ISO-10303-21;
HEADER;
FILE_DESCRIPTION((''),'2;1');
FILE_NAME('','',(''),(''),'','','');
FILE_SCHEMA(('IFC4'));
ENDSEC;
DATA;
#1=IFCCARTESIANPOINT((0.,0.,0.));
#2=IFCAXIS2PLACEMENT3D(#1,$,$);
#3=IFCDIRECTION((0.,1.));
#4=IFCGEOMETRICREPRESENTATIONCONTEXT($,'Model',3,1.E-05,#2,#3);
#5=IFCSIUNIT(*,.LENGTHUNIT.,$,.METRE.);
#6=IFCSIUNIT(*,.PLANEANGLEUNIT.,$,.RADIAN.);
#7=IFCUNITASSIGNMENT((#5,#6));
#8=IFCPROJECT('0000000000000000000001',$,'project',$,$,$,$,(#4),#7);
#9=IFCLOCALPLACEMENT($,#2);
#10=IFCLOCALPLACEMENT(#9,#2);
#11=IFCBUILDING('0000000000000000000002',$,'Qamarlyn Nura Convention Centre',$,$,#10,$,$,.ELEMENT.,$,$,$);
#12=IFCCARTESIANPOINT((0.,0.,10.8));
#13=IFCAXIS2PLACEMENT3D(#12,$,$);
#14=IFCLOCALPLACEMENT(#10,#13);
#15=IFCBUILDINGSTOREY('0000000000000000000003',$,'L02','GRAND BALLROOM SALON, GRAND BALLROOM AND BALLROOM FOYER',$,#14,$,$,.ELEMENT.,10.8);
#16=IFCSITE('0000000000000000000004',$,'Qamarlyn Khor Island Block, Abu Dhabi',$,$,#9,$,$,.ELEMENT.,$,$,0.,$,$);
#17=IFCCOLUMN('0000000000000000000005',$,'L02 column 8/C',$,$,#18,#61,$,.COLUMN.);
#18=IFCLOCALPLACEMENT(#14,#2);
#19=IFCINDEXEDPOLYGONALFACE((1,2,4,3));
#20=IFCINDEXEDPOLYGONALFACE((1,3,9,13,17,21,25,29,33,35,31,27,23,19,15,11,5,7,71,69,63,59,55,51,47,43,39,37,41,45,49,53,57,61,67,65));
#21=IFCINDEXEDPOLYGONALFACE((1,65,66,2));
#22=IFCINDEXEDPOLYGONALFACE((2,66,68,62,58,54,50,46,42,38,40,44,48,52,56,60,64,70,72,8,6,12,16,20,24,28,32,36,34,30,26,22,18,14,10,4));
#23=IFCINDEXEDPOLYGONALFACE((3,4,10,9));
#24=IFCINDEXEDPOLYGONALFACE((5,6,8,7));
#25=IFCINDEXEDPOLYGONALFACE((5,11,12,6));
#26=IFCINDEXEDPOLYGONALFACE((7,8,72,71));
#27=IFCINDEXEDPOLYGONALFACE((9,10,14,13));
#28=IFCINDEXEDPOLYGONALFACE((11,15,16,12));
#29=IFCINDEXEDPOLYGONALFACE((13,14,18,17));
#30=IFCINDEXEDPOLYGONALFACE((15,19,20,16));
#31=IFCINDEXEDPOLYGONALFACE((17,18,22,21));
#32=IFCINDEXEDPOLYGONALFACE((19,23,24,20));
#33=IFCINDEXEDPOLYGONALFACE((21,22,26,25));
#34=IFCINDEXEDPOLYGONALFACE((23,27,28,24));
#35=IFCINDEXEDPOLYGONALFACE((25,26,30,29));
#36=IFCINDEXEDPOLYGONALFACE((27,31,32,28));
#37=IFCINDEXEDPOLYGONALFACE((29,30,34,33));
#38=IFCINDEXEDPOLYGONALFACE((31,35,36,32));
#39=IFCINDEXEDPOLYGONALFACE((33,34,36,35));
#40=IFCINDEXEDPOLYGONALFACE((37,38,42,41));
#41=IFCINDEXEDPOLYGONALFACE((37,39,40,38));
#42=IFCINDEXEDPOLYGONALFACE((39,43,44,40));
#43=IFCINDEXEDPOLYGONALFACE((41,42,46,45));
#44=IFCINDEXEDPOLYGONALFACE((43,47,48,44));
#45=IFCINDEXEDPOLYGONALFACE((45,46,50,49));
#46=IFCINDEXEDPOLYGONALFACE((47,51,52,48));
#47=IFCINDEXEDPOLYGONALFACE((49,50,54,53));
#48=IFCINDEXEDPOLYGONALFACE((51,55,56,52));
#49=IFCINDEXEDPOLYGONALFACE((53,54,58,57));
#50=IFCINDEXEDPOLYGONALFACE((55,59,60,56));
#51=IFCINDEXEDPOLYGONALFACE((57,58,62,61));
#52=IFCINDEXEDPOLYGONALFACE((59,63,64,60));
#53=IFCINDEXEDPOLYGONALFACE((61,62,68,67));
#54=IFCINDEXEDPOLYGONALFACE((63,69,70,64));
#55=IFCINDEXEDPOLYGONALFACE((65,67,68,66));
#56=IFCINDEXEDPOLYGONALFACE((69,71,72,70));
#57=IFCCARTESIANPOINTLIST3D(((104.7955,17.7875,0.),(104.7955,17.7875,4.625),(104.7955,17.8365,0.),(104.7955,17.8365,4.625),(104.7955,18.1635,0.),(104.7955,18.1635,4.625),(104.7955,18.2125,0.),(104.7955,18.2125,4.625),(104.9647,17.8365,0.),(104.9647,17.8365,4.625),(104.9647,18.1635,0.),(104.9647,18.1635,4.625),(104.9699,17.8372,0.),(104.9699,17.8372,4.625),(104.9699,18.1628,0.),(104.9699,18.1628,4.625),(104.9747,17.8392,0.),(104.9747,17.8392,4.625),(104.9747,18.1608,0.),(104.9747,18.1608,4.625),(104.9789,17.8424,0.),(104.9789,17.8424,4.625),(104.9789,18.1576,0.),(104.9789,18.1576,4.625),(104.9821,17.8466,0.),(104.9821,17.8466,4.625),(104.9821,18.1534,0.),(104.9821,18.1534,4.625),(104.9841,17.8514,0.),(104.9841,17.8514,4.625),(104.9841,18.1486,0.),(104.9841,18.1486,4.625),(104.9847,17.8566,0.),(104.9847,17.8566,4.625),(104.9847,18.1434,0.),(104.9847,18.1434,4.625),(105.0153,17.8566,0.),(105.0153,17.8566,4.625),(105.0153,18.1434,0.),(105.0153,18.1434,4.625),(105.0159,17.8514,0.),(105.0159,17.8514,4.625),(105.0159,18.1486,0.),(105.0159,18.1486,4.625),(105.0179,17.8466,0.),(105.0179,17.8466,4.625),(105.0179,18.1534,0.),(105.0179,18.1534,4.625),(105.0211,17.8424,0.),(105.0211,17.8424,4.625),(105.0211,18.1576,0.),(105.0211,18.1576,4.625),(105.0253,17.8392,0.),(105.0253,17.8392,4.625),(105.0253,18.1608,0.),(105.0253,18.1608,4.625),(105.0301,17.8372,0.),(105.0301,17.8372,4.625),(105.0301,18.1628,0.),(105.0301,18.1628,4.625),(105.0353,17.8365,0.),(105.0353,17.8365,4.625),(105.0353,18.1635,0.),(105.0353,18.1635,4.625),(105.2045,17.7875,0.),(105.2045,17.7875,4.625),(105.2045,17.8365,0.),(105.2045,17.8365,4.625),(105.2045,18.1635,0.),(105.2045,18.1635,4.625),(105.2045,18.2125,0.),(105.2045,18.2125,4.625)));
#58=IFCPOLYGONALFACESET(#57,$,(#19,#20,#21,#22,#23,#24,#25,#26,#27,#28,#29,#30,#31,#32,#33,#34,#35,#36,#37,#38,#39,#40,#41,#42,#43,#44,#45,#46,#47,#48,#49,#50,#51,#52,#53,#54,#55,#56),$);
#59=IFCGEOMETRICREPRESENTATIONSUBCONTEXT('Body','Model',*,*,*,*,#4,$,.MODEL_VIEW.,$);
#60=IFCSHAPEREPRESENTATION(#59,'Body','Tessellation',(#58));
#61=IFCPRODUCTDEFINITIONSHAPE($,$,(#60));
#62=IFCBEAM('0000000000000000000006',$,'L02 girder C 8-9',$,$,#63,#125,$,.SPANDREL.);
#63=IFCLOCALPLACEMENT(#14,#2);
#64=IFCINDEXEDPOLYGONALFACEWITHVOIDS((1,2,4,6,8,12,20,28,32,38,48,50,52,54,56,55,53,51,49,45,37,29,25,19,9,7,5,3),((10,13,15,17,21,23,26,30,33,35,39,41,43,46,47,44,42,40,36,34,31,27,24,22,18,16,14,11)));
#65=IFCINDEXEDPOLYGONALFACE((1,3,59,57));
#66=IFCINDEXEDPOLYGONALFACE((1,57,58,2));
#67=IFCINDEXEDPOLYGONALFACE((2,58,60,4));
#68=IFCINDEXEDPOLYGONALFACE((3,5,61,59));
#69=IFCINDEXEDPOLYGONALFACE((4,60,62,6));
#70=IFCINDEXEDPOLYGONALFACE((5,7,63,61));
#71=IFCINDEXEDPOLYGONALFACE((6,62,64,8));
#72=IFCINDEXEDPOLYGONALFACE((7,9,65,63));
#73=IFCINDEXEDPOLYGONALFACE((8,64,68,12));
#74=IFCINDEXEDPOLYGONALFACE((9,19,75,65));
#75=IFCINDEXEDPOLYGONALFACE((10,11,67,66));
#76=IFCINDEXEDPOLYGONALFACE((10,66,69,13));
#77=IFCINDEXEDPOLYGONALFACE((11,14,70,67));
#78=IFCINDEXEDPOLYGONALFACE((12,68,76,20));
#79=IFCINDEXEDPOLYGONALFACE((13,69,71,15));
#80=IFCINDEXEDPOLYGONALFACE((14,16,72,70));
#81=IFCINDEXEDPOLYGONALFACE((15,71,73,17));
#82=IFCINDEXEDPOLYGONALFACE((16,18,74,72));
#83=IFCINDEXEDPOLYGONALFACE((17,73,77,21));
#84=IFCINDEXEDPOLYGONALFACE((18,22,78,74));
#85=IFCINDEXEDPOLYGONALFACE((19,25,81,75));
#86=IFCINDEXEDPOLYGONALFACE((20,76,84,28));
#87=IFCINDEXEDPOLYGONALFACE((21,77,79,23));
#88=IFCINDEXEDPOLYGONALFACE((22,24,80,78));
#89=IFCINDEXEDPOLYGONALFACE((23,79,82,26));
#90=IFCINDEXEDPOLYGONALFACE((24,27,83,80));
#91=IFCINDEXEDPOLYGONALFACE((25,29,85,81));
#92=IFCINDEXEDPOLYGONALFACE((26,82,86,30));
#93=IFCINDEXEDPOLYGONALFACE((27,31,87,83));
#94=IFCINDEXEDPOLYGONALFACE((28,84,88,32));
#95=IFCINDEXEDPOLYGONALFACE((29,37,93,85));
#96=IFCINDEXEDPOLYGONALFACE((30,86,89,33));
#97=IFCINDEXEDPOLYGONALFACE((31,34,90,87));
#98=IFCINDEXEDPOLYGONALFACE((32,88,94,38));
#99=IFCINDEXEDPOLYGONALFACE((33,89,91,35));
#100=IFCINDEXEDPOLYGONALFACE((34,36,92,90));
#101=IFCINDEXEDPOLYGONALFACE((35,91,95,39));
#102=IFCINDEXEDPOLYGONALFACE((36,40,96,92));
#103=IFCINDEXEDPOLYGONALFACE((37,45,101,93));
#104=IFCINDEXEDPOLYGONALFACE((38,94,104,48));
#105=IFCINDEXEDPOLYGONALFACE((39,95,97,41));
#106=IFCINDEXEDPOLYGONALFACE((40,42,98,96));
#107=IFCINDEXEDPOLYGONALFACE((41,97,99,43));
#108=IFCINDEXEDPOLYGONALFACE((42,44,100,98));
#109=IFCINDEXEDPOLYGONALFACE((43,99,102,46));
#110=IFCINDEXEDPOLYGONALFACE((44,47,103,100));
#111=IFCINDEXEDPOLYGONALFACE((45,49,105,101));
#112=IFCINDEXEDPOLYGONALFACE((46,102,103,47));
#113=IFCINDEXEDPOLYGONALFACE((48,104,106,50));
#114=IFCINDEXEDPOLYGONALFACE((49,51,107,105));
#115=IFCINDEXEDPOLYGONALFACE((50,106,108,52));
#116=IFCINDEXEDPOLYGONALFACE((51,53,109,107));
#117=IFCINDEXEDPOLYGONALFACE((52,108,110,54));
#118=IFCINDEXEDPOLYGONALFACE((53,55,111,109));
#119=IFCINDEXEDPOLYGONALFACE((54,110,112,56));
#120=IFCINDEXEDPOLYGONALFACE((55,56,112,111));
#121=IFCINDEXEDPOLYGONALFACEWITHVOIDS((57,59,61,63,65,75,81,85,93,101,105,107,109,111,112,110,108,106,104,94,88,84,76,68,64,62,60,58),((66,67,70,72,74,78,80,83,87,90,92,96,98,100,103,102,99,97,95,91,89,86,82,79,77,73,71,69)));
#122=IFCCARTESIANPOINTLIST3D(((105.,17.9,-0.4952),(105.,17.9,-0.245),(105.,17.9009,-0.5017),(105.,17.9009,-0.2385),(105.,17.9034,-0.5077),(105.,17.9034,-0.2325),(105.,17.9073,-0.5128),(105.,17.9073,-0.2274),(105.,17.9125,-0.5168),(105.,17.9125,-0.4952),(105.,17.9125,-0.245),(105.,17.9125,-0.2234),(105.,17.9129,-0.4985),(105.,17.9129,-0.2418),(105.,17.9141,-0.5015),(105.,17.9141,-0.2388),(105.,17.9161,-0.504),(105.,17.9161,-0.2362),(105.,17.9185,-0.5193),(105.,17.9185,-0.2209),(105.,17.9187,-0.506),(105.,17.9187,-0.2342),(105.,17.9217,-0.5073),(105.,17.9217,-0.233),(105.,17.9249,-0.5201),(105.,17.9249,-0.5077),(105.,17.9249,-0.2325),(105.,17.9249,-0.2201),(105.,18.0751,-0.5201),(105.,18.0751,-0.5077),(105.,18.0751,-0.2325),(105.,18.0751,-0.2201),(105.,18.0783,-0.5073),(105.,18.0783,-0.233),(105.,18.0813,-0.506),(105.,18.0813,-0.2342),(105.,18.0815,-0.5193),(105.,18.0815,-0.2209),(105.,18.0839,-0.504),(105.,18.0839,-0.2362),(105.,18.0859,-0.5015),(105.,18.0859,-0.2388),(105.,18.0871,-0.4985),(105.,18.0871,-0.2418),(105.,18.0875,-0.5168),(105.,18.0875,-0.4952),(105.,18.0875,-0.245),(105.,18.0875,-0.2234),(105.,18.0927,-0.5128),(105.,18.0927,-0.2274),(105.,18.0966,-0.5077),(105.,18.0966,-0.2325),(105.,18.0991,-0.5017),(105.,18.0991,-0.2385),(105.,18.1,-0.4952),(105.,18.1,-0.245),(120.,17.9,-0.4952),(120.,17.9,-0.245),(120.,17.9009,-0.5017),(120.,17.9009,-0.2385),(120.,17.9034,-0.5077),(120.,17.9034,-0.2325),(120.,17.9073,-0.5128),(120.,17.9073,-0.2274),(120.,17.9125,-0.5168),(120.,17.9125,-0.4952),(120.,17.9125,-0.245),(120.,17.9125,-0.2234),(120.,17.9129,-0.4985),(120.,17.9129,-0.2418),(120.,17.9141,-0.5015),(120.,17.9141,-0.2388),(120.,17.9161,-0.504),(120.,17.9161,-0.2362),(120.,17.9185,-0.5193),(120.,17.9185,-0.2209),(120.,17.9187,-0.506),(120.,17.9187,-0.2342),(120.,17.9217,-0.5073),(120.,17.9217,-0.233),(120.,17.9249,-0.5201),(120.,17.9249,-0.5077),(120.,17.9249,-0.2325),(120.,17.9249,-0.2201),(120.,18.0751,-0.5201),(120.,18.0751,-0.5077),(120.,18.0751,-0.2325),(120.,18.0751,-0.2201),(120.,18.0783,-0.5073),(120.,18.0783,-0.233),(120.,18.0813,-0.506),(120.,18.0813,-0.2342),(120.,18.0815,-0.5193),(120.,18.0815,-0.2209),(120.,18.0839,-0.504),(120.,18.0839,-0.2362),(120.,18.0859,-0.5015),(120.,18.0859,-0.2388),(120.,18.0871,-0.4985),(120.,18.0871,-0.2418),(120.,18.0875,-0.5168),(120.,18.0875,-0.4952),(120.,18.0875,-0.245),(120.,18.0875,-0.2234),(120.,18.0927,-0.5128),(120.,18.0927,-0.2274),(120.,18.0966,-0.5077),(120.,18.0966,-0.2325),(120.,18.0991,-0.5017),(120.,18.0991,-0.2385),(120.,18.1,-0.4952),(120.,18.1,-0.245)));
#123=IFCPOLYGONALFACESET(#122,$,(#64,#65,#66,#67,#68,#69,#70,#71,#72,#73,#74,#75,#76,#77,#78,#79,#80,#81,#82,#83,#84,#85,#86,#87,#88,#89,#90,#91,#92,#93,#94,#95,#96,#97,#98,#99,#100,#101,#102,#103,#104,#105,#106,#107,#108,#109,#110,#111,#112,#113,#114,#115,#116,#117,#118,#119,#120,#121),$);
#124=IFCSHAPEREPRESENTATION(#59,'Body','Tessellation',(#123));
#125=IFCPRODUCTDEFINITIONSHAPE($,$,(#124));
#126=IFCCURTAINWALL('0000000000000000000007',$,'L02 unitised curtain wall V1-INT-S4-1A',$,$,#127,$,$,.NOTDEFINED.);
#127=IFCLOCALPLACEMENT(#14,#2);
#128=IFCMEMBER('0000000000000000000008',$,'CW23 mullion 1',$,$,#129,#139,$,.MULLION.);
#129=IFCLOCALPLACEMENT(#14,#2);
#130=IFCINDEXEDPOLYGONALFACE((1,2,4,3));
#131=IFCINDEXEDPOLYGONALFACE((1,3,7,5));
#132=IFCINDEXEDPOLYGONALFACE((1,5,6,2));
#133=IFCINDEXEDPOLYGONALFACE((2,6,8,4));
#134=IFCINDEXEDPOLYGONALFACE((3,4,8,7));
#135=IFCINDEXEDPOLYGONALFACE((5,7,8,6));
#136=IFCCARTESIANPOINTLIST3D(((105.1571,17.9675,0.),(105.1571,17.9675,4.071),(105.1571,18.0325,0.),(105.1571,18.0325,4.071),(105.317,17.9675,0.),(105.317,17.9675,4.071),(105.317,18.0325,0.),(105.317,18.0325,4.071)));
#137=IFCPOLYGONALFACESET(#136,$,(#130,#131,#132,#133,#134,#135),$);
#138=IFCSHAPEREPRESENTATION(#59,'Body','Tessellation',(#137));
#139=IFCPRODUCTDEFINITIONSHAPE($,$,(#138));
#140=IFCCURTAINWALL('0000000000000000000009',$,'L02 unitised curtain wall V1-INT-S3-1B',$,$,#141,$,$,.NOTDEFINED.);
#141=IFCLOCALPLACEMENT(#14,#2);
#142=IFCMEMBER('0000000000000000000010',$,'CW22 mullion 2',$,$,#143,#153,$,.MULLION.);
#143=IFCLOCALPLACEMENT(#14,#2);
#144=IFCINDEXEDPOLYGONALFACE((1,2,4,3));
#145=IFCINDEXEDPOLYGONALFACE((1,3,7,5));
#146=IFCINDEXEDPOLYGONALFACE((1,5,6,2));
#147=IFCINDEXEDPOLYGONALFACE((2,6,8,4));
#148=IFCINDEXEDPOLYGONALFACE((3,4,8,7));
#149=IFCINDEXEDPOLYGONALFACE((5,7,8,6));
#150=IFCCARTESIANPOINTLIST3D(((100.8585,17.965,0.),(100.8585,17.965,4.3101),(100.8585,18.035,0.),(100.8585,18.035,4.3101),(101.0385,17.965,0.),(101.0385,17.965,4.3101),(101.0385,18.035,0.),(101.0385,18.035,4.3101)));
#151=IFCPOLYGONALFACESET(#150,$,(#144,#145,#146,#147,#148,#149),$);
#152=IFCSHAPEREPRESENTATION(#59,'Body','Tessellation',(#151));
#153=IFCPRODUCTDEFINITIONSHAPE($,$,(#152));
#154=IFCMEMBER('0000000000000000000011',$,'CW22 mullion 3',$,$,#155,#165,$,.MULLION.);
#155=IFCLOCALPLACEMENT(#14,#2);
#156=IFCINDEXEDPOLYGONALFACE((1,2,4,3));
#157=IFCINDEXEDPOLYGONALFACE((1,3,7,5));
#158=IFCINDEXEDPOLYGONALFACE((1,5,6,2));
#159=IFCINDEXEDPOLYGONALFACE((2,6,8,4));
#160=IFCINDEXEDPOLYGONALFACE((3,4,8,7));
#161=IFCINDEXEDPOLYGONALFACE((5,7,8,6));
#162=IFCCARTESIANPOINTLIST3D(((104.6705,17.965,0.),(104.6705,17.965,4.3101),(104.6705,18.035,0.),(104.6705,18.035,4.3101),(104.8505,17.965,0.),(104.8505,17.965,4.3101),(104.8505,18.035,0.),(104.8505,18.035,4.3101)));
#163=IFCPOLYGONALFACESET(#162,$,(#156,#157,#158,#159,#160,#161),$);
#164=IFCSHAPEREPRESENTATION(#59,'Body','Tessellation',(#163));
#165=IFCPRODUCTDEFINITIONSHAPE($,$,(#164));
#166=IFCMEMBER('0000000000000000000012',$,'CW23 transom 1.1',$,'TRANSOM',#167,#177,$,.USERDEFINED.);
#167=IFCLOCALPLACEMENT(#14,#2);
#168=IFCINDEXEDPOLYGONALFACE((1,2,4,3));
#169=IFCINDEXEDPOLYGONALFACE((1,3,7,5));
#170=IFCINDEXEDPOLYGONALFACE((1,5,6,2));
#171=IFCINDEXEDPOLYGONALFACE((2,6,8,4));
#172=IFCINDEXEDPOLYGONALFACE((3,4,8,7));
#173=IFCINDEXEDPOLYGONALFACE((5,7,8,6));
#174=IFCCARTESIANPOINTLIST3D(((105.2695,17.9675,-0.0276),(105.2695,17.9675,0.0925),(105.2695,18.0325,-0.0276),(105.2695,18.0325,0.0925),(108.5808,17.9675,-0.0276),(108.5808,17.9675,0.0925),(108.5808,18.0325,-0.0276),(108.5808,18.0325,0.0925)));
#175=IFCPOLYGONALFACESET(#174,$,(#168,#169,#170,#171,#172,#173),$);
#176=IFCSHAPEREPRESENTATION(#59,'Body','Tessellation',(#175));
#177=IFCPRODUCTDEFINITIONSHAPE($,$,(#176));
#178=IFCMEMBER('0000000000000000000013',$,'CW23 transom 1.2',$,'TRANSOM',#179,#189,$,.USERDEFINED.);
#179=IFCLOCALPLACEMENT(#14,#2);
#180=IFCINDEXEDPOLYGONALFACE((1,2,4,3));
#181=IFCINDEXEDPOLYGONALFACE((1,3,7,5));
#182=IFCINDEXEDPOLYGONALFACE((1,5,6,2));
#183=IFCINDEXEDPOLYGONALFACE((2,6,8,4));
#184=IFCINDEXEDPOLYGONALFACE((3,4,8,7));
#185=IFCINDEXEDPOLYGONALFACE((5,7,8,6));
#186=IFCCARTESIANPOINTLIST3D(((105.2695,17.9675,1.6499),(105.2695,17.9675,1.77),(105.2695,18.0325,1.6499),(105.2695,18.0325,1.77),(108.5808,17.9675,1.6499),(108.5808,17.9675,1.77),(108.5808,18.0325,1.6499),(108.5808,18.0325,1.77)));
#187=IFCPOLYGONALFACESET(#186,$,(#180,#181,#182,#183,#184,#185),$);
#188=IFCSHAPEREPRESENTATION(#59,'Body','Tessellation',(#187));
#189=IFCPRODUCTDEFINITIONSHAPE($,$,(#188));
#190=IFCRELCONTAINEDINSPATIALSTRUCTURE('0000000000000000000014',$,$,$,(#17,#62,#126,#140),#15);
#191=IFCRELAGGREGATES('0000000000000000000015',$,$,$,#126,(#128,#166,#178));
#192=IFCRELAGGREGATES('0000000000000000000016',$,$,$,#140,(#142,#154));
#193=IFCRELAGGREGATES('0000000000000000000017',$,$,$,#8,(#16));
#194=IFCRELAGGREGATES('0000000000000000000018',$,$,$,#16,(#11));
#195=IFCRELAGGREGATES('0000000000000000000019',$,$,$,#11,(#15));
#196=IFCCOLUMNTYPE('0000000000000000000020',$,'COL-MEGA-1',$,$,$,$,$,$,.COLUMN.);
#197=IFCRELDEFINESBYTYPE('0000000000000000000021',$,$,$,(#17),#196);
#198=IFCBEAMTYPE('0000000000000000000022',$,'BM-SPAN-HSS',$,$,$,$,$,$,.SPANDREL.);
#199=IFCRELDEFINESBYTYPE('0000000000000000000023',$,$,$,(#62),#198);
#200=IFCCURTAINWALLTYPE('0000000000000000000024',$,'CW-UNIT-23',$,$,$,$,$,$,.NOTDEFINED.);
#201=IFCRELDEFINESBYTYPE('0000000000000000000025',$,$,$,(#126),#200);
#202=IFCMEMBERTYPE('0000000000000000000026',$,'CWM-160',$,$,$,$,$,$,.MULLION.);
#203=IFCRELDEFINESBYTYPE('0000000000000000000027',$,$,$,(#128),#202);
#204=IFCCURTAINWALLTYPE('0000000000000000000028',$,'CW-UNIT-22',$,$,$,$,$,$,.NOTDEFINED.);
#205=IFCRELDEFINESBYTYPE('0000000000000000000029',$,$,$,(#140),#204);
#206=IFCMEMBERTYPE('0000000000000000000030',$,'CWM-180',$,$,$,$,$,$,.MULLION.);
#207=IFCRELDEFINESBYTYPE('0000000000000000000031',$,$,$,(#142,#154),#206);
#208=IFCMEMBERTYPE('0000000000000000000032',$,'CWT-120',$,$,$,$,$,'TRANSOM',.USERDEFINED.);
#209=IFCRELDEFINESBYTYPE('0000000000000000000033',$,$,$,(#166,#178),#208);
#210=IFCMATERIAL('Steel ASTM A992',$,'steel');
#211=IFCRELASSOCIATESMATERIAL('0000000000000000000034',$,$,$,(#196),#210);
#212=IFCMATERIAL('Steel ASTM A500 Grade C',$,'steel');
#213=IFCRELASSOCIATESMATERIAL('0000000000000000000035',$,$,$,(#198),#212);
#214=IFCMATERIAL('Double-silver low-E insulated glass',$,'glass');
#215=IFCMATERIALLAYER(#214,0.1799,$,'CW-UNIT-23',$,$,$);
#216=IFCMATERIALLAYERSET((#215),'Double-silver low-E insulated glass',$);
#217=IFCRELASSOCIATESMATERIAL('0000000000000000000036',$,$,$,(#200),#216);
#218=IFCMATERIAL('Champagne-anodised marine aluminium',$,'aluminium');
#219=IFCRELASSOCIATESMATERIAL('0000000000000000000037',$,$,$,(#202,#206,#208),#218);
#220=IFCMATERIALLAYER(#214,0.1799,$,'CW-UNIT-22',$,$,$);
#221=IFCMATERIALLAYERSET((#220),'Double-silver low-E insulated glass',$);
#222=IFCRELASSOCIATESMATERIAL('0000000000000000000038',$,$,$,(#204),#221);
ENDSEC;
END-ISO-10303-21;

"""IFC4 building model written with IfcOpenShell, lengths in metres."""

from ifc_helpers import new_model, si_unit, direction, frame, origin, origin_2d, place, context, subcontext, project, spatial, rectangle, hollow_rectangle, i_section, extrude, material, layer, layer_set, material_profile, profile_set, type_object, element, aggregate, save


model = new_model("IFC4")

# Units and contexts
model_context = context("Model", 3, precision=1e-05, world=origin(), true_north=direction((0.0, 1.0)))
body_context = subcontext(model_context, "Body", "Model", "MODEL_VIEW")
ifc_project = project(units=[si_unit("LENGTHUNIT", "METRE"), si_unit("PLANEANGLEUNIT", "RADIAN")], contexts=[model_context])

# Site, building, storey
site_placement = place(None, origin())
site = spatial("IfcSite", under=ifc_project, at=site_placement, Name="Qamarlyn Khor Island Block, Abu Dhabi", CompositionType="ELEMENT", RefElevation=0.0)
building_placement = place(site_placement, origin())
building = spatial("IfcBuilding", under=site, at=building_placement, Name="Qamarlyn Nura Convention Centre", CompositionType="ELEMENT")
storey_placement = place(building_placement, frame((0.0, 0.0, 10.8)))
storey = spatial("IfcBuildingStorey", under=building, at=storey_placement, Name="L02", Description="GRAND BALLROOM SALON, GRAND BALLROOM AND BALLROOM FOYER", CompositionType="ELEMENT", Elevation=10.8)

# Column
ifc_material_1 = material(Name="Steel ASTM A992", Category="steel")
ifc_material_profile_1 = material_profile(ifc_material_1, i_section(OverallWidth=0.4089, OverallDepth=0.425, WebThickness=0.0305, FlangeThickness=0.0491, FilletRadius=0.02, at=origin_2d()), Name="W360X421")
ifc_profile_set_1 = profile_set([ifc_material_profile_1], Name="Steel ASTM A992")
column_type = type_object("IfcColumnType", Name="COL-MEGA-1", PredefinedType="COLUMN", material=ifc_profile_set_1)
column_placement = place(storey_placement, frame((105.0, 18.0, 0.0), z_axis=(0.0, 0.0, 1.0), x_axis=(1.0, 0.0, 0.0)))
element("IfcColumn", 1, at=column_placement, inside=storey, type_object=column_type, Name="L02 column 8/C", PredefinedType="COLUMN", context=body_context, shape_type="SweptSolid", body=[
    extrude(i_section(OverallWidth=0.4089, OverallDepth=0.425, WebThickness=0.0305, FlangeThickness=0.0491, FilletRadius=0.02, at=origin_2d()), origin(), (0.0, 0.0, 1.0), 4.625),
])

# Beam
ifc_material_2 = material(Name="Steel ASTM A500 Grade C", Category="steel")
ifc_material_profile_2 = material_profile(ifc_material_2, hollow_rectangle(XDim=0.2, YDim=0.3, WallThickness=0.0125, InnerFilletRadius=0.0125, OuterFilletRadius=0.0249, at=origin_2d()), Name="HSS300X200X12.5")
ifc_profile_set_2 = profile_set([ifc_material_profile_2], Name="Steel ASTM A500 Grade C")
beam_type = type_object("IfcBeamType", Name="BM-SPAN-HSS", PredefinedType="SPANDREL", material=ifc_profile_set_2)
beam_placement = place(storey_placement, frame((105.0, 18.0, -0.3701), z_axis=(1.0, 0.0, 0.0), x_axis=(0.0, 1.0, 0.0)))
element("IfcBeam", 2, at=beam_placement, inside=storey, type_object=beam_type, Name="L02 girder C 8-9", PredefinedType="SPANDREL", context=body_context, shape_type="SweptSolid", body=[
    extrude(hollow_rectangle(XDim=0.2, YDim=0.3, WallThickness=0.0125, InnerFilletRadius=0.0125, OuterFilletRadius=0.0249, at=origin_2d()), origin(), (0.0, 0.0, 1.0), 15.0),
])

# Curtain wall, member
ifc_material_3 = material(Name="Double-silver low-E insulated glass", Category="glass")
ifc_layer_1 = layer(ifc_material_3, 0.1799, Name="CW-UNIT-23")
ifc_layer_set_1 = layer_set([ifc_layer_1], Name="Double-silver low-E insulated glass")
curtain_wall_type_1 = type_object("IfcCurtainWallType", Name="CW-UNIT-23", PredefinedType="NOTDEFINED", material=ifc_layer_set_1)
curtain_wall_1_placement = place(storey_placement, origin())
curtain_wall_1 = element("IfcCurtainWall", 3, at=curtain_wall_1_placement, inside=storey, type_object=curtain_wall_type_1, Name="L02 unitised curtain wall V1-INT-S4-1A", PredefinedType="NOTDEFINED")
ifc_material_4 = material(Name="Champagne-anodised marine aluminium", Category="aluminium")
ifc_material_profile_3 = material_profile(ifc_material_4, rectangle(XDim=0.0649, YDim=0.1599, at=origin_2d()), Name="ALU MULLION 65x160")
ifc_profile_set_3 = profile_set([ifc_material_profile_3], Name="Champagne-anodised marine aluminium")
member_type_1 = type_object("IfcMemberType", Name="CWM-160", PredefinedType="MULLION", material=ifc_profile_set_3)
member_1_placement = place(storey_placement, frame((105.2371, 18.0, 0.0), z_axis=(0.0, 0.0, 1.0), x_axis=(0.0, 1.0, 0.0)))
member_1 = element("IfcMember", 4, at=member_1_placement, type_object=member_type_1, Name="CW23 mullion 1", PredefinedType="MULLION", context=body_context, shape_type="SweptSolid", body=[
    extrude(rectangle(XDim=0.0649, YDim=0.1599, at=origin_2d()), origin(), (0.0, 0.0, 1.0), 4.071),
])

# Curtain wall, members
ifc_layer_2 = layer(ifc_material_3, 0.1799, Name="CW-UNIT-22")
ifc_layer_set_2 = layer_set([ifc_layer_2], Name="Double-silver low-E insulated glass")
curtain_wall_type_2 = type_object("IfcCurtainWallType", Name="CW-UNIT-22", PredefinedType="NOTDEFINED", material=ifc_layer_set_2)
curtain_wall_2_placement = place(storey_placement, origin())
curtain_wall_2 = element("IfcCurtainWall", 5, at=curtain_wall_2_placement, inside=storey, type_object=curtain_wall_type_2, Name="L02 unitised curtain wall V1-INT-S3-1B", PredefinedType="NOTDEFINED")
ifc_material_profile_4 = material_profile(ifc_material_4, rectangle(XDim=0.0701, YDim=0.1799, at=origin_2d()), Name="ALU MULLION 70x180")
ifc_profile_set_4 = profile_set([ifc_material_profile_4], Name="Champagne-anodised marine aluminium")
member_type_2 = type_object("IfcMemberType", Name="CWM-180", PredefinedType="MULLION", material=ifc_profile_set_4)
member_2_placement = place(storey_placement, frame((100.9485, 18.0, 0.0), z_axis=(0.0, 0.0, 1.0), x_axis=(0.0, 1.0, 0.0)))
member_2 = element("IfcMember", 6, at=member_2_placement, type_object=member_type_2, Name="CW22 mullion 2", PredefinedType="MULLION", context=body_context, shape_type="SweptSolid", body=[
    extrude(rectangle(XDim=0.0701, YDim=0.1799, at=origin_2d()), origin(), (0.0, 0.0, 1.0), 4.3101),
])
member_3_placement = place(storey_placement, frame((104.7605, 18.0, 0.0), z_axis=(0.0, 0.0, 1.0), x_axis=(0.0, 1.0, 0.0)))
member_3 = element("IfcMember", 7, at=member_3_placement, type_object=member_type_2, Name="CW22 mullion 3", PredefinedType="MULLION", context=body_context, shape_type="SweptSolid", body=[
    extrude(rectangle(XDim=0.0701, YDim=0.1799, at=origin_2d()), origin(), (0.0, 0.0, 1.0), 4.3101),
])

# Members
ifc_material_profile_5 = material_profile(ifc_material_4, rectangle(XDim=0.0649, YDim=0.1201, at=origin_2d()), Name="ALU TRANSOM 65x120")
ifc_profile_set_5 = profile_set([ifc_material_profile_5], Name="Champagne-anodised marine aluminium")
member_type_3 = type_object("IfcMemberType", Name="CWT-120", ElementType="TRANSOM", PredefinedType="USERDEFINED", material=ifc_profile_set_5)
member_4_placement = place(storey_placement, frame((105.2695, 18.0, 0.0325), z_axis=(1.0, 0.0, 0.0), x_axis=(0.0, 1.0, 0.0)))
member_4 = element("IfcMember", 8, at=member_4_placement, type_object=member_type_3, Name="CW23 transom 1.1", ObjectType="TRANSOM", PredefinedType="USERDEFINED", context=body_context, shape_type="SweptSolid", body=[
    extrude(rectangle(XDim=0.0649, YDim=0.1201, at=origin_2d()), origin(), (0.0, 0.0, 1.0), 3.3113),
])
member_5_placement = place(storey_placement, frame((105.2695, 18.0, 1.71), z_axis=(1.0, 0.0, 0.0), x_axis=(0.0, 1.0, 0.0)))
member_5 = element("IfcMember", 9, at=member_5_placement, type_object=member_type_3, Name="CW23 transom 1.2", ObjectType="TRANSOM", PredefinedType="USERDEFINED", context=body_context, shape_type="SweptSolid", body=[
    extrude(rectangle(XDim=0.0649, YDim=0.1201, at=origin_2d()), origin(), (0.0, 0.0, 1.0), 3.3113),
])
aggregate(curtain_wall_1, [member_1, member_4, member_5])

aggregate(curtain_wall_2, [member_2, member_3])

save(model, "model.ifc")
